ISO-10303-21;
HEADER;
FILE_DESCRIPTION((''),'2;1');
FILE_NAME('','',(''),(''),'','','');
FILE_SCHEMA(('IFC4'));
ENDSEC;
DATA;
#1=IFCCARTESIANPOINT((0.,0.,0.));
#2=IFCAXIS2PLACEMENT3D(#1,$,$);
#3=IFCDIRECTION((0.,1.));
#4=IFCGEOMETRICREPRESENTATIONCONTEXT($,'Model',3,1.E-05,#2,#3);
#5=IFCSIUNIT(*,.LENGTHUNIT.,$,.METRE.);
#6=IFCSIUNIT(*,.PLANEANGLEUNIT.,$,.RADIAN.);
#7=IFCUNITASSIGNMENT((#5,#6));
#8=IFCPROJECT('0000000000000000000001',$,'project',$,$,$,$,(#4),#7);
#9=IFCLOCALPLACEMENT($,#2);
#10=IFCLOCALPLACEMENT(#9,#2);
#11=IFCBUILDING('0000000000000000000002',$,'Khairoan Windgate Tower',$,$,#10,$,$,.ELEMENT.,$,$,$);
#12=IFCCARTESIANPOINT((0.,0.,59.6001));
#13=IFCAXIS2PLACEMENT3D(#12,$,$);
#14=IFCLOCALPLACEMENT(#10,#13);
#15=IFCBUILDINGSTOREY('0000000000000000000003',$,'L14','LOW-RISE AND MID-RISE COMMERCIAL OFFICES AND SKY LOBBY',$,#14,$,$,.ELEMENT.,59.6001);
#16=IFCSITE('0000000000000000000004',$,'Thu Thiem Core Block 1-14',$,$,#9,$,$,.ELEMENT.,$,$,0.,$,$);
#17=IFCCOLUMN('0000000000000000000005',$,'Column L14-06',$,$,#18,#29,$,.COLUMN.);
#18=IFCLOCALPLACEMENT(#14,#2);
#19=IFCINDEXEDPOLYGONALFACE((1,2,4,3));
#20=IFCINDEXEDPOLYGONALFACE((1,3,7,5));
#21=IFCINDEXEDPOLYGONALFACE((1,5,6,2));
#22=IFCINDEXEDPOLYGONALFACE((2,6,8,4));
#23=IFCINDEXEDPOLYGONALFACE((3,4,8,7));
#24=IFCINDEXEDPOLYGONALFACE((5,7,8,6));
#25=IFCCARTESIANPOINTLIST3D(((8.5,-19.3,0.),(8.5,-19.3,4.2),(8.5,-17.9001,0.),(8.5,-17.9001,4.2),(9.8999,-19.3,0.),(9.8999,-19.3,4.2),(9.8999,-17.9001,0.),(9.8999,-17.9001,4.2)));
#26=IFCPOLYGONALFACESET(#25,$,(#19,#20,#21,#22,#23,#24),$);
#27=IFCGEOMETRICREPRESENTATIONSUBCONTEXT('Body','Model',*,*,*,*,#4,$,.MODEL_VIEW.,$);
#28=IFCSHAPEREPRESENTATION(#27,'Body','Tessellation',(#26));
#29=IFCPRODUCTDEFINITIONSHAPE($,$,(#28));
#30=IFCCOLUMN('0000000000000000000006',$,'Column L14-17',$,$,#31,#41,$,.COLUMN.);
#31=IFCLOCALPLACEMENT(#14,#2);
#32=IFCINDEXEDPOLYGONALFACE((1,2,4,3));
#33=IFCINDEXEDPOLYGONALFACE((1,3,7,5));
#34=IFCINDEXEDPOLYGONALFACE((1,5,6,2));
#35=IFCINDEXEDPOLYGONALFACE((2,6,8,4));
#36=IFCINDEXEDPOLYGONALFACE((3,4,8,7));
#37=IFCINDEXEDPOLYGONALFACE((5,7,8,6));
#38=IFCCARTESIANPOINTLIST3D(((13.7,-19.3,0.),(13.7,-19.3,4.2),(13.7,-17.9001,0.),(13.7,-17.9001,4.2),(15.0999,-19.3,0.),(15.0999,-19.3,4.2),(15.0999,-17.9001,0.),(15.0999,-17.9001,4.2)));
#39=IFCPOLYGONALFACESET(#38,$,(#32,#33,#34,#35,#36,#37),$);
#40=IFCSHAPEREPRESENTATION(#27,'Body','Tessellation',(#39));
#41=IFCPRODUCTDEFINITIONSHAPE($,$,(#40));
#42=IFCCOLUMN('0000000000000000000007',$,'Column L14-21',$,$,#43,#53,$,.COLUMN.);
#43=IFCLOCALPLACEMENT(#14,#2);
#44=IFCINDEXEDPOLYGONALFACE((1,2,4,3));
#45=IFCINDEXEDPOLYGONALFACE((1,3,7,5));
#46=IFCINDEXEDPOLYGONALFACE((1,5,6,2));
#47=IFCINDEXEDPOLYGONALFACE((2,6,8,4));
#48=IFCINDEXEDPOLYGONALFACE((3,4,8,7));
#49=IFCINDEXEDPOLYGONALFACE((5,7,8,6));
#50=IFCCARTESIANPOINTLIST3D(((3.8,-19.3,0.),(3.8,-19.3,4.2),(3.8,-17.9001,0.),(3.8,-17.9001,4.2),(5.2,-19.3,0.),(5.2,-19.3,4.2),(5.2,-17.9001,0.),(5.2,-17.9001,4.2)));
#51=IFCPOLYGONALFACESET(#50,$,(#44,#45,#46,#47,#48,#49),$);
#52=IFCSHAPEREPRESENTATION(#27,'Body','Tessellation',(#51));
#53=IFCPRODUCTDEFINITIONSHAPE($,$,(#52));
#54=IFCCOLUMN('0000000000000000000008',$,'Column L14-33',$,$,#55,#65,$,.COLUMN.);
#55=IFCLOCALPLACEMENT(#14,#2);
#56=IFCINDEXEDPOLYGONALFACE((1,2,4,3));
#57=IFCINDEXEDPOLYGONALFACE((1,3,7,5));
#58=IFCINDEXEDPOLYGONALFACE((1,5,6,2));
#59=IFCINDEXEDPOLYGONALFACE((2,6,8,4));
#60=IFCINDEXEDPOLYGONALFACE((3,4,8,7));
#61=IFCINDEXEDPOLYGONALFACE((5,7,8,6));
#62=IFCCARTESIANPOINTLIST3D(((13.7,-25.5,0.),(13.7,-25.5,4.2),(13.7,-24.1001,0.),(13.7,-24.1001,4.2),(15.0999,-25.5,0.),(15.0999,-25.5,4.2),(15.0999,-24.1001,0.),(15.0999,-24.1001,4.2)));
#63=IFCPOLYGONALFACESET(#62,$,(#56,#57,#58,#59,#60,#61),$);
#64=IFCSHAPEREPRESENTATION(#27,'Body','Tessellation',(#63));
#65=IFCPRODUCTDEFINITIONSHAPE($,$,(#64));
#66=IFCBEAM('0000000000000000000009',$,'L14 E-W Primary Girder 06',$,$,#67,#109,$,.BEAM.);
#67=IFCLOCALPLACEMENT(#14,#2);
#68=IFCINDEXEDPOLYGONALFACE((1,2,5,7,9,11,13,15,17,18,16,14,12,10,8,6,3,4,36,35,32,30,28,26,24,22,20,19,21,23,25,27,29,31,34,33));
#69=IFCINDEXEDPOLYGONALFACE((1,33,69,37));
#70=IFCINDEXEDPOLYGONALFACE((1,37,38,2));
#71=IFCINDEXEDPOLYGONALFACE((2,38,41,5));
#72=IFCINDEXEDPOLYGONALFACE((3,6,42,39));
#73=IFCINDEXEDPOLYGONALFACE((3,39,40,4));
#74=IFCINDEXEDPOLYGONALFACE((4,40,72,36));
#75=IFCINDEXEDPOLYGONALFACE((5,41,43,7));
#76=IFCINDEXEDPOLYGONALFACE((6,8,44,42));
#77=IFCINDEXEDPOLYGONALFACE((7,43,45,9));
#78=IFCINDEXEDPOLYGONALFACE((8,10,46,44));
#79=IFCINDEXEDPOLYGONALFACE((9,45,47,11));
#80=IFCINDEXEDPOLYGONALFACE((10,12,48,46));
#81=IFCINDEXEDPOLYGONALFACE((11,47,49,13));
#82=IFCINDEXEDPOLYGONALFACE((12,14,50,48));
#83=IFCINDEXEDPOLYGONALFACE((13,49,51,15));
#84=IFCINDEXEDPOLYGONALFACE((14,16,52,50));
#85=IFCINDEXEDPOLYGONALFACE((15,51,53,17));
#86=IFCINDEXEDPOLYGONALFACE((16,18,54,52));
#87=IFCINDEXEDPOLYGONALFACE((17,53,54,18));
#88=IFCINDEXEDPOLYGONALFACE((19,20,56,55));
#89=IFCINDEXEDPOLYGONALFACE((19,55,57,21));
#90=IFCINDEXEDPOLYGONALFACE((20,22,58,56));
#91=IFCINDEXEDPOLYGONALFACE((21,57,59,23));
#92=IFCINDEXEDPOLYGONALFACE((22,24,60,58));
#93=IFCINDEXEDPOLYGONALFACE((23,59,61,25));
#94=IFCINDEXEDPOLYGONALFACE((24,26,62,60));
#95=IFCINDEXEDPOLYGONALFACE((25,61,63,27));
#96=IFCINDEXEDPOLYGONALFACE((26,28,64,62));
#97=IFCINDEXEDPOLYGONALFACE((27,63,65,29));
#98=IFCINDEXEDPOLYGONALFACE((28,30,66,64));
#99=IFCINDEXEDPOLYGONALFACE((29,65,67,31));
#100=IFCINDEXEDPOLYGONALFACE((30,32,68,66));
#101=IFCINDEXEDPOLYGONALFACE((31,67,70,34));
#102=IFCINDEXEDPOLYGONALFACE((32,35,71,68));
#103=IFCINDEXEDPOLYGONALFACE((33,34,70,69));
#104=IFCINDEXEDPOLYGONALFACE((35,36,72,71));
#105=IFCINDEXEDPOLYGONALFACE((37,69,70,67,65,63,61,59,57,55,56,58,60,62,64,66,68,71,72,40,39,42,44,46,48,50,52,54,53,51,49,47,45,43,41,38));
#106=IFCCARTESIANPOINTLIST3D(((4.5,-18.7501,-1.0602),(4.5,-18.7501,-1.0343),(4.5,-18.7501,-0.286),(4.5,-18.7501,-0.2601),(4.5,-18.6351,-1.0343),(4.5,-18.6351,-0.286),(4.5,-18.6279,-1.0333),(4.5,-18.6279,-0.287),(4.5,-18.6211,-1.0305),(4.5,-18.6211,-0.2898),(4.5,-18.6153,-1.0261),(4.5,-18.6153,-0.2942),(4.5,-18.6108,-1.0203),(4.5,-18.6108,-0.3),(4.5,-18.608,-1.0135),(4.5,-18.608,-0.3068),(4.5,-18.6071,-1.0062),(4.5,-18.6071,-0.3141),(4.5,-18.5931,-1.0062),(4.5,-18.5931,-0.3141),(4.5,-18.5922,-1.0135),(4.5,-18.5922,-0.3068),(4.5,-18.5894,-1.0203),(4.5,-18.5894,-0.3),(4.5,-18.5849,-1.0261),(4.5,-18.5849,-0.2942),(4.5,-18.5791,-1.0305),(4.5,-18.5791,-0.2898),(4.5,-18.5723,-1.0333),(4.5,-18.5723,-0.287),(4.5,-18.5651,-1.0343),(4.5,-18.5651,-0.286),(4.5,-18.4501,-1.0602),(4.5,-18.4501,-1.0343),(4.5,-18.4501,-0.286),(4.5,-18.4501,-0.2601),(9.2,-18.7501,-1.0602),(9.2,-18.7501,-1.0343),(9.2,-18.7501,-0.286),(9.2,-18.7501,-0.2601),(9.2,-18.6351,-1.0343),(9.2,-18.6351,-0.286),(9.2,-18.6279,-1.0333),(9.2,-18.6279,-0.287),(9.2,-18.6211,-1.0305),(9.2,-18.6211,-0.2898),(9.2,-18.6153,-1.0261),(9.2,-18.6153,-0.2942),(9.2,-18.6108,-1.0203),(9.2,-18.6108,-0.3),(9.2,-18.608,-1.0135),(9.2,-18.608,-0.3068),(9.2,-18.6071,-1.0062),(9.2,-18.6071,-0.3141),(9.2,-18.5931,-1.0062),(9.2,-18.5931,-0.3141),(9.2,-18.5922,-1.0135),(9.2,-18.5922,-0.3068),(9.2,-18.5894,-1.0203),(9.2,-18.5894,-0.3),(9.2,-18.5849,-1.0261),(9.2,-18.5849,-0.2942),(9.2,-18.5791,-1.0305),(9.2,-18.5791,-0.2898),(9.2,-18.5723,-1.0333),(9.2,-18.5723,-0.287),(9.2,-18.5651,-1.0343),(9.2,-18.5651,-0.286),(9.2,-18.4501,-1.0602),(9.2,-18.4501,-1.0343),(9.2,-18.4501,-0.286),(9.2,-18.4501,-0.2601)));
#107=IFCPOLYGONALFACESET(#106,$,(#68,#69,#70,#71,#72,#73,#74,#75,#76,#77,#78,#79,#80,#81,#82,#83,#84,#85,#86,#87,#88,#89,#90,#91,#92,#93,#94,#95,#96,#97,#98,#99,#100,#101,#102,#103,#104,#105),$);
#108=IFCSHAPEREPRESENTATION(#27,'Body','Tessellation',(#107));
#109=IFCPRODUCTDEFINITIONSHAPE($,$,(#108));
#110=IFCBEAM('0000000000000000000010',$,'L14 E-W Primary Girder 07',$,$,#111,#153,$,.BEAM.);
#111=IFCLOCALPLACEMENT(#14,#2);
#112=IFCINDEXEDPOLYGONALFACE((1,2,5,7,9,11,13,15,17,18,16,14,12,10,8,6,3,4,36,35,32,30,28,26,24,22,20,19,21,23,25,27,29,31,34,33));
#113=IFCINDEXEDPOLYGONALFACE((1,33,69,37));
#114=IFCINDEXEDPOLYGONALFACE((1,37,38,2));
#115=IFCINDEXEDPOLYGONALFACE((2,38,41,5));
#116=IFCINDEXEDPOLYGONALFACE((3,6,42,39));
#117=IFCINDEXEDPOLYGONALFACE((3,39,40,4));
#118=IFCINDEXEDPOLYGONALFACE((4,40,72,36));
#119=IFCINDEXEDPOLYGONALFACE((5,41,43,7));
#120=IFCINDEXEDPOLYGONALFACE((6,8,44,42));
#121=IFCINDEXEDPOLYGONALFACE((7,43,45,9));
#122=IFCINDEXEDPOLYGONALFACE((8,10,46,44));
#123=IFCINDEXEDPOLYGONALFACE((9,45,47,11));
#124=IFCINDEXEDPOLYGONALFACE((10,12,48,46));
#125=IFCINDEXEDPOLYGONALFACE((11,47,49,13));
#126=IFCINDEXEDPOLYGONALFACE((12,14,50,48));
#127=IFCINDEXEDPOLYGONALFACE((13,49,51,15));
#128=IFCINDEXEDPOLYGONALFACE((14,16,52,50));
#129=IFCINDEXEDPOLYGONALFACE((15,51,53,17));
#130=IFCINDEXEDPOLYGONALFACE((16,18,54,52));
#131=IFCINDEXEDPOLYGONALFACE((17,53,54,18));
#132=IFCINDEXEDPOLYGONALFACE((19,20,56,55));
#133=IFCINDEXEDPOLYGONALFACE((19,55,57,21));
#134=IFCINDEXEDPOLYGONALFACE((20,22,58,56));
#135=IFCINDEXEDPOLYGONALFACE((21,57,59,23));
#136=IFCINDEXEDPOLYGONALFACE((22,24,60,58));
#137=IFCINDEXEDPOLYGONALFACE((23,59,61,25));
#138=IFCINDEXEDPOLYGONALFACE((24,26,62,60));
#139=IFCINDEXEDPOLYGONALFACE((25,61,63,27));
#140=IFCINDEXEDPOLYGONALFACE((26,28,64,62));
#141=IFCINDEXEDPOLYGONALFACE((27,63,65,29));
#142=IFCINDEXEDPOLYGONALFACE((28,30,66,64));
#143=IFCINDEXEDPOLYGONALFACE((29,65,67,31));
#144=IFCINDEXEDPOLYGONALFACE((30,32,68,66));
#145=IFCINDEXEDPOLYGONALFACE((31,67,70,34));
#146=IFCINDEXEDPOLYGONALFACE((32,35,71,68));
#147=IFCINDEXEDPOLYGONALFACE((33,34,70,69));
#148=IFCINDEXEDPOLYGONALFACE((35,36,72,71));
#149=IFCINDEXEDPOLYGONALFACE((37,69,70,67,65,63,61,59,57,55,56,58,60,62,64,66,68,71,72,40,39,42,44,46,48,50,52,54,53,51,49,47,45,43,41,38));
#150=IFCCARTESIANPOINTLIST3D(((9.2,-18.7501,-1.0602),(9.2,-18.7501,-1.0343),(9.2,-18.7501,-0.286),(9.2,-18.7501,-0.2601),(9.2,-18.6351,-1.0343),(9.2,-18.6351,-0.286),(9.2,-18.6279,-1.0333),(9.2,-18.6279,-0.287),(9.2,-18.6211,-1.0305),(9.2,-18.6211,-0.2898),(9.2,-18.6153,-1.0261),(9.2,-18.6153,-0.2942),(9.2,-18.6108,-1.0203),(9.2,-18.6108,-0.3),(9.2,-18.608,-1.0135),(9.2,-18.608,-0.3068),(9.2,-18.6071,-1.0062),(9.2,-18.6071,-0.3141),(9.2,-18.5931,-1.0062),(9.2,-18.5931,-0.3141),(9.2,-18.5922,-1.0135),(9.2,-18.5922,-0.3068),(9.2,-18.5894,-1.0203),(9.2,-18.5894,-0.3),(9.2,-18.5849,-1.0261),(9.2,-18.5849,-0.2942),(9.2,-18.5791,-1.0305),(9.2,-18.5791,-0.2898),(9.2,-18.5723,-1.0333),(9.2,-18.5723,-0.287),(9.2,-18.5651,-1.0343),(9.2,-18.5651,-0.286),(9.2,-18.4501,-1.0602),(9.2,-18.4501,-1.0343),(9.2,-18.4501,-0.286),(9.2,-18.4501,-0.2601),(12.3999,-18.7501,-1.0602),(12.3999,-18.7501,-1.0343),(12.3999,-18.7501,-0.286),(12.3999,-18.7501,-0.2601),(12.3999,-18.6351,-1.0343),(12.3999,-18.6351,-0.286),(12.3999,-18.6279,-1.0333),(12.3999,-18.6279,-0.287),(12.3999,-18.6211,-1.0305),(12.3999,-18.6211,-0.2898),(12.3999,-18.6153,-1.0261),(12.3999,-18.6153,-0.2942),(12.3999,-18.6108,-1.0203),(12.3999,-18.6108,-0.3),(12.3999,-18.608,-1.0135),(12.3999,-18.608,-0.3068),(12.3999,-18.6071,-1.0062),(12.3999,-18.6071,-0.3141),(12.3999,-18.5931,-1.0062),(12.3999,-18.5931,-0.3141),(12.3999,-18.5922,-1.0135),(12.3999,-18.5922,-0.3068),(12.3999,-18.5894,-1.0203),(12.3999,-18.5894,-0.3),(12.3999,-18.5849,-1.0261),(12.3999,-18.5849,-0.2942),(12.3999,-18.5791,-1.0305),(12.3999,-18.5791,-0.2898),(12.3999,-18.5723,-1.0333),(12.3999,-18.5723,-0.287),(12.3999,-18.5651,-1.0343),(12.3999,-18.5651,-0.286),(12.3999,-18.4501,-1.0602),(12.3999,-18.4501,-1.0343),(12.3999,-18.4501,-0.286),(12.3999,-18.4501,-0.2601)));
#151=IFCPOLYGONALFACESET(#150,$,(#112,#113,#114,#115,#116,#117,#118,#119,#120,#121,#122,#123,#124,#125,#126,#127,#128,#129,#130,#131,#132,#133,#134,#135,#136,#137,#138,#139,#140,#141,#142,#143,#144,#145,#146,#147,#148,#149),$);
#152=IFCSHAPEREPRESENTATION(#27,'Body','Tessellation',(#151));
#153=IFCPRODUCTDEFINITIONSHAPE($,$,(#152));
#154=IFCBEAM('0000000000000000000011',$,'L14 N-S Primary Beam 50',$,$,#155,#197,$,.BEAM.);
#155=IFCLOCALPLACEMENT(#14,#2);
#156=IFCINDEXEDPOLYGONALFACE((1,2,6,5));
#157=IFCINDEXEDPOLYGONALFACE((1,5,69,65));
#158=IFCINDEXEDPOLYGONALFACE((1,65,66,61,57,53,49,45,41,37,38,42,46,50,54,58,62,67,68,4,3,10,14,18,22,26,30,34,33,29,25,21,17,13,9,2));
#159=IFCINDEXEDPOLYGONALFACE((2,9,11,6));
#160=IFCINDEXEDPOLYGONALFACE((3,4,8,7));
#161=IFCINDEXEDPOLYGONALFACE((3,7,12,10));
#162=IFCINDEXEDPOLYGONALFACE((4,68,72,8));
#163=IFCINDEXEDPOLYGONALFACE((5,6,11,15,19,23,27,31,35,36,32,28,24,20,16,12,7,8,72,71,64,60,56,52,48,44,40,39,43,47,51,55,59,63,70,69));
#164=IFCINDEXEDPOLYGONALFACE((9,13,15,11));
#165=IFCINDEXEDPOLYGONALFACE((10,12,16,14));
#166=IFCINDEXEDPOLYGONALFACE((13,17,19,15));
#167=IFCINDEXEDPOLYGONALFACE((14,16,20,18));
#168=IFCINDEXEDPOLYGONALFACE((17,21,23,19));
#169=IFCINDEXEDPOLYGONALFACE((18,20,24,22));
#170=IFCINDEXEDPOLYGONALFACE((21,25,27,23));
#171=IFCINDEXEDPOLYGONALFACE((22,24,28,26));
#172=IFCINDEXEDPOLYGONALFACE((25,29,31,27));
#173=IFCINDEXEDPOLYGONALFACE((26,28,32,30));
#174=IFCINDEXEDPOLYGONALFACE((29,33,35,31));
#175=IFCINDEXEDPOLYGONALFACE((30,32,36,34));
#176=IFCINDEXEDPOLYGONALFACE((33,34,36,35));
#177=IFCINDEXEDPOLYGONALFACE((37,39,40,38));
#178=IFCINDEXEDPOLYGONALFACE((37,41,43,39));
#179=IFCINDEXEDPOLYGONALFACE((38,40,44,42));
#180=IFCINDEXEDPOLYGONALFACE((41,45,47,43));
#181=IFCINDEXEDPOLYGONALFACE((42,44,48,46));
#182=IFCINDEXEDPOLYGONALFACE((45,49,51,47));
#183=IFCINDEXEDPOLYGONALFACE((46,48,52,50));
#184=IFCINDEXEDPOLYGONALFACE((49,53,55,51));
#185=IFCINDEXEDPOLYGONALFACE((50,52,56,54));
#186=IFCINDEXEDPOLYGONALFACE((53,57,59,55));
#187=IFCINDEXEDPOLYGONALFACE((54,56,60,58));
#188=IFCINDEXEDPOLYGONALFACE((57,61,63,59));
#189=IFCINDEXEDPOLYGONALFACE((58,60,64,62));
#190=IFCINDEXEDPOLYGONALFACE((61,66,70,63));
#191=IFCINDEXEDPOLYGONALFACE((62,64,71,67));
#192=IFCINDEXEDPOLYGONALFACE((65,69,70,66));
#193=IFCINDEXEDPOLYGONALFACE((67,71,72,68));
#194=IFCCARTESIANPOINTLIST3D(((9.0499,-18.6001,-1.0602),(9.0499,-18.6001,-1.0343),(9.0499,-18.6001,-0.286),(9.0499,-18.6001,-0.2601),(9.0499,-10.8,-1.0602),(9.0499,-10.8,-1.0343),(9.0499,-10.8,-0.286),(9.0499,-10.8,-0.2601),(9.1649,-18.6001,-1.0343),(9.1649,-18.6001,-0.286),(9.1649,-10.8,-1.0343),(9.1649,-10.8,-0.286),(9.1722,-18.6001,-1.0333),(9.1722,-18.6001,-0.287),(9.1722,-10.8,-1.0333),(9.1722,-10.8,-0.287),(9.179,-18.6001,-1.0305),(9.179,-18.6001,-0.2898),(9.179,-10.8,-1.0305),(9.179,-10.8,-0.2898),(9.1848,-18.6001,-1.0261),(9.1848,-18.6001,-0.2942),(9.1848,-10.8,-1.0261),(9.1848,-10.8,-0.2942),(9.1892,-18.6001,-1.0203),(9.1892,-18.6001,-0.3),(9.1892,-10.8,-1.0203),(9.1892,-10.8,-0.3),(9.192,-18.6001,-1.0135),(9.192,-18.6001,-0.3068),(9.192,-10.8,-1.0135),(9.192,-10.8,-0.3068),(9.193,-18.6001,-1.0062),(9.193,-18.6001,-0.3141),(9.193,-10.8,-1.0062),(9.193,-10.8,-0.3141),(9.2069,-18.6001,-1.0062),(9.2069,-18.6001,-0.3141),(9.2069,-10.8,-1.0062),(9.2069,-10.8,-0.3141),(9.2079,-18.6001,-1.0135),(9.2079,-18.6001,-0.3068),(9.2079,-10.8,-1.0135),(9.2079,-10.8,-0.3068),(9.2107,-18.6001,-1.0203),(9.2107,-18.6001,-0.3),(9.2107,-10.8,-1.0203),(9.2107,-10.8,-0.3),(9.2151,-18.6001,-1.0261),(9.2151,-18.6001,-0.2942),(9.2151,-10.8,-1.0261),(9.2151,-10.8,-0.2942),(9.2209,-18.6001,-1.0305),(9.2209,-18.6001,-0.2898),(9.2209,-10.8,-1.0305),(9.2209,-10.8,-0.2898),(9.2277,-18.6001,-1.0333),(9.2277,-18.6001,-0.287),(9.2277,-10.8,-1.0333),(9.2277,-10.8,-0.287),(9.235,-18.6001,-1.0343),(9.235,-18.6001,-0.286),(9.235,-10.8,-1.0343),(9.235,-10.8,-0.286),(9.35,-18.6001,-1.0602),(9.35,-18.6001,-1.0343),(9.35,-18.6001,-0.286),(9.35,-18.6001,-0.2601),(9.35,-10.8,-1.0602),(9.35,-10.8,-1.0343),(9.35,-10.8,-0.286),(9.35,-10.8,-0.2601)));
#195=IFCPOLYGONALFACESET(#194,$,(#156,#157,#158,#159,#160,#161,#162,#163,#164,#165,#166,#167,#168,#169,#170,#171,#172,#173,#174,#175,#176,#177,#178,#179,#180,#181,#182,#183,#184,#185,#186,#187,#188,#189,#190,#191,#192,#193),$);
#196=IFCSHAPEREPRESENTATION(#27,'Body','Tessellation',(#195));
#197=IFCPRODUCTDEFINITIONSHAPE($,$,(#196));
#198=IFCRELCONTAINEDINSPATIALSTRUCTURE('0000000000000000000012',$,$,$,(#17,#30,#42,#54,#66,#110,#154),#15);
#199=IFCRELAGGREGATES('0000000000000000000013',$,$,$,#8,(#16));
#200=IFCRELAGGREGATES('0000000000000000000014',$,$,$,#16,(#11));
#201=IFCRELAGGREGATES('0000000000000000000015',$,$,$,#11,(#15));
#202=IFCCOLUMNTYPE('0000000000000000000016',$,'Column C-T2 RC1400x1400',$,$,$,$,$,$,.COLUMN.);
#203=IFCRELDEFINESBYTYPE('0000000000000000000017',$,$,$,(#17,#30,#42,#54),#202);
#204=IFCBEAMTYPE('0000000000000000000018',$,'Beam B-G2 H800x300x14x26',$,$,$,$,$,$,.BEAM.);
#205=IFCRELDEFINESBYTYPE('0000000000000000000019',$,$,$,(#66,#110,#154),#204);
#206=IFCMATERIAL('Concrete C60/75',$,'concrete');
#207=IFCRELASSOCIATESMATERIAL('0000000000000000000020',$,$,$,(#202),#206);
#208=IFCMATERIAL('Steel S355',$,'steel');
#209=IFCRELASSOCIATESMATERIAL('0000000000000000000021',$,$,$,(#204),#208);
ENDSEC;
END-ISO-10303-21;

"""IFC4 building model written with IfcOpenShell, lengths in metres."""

from ifc_helpers import new_model, si_unit, direction, frame, origin, origin_2d, place, context, subcontext, project, spatial, rectangle, i_section, extrude, material, material_profile, profile_set, type_object, element, save


model = new_model("IFC4")

# Units and contexts
model_context = context("Model", 3, precision=1e-05, world=origin(), true_north=direction((0.0, 1.0)))
body_context = subcontext(model_context, "Body", "Model", "MODEL_VIEW")
ifc_project = project(units=[si_unit("LENGTHUNIT", "METRE"), si_unit("PLANEANGLEUNIT", "RADIAN")], contexts=[model_context])

# Site, building, storey
site_placement = place(None, origin())
site = spatial("IfcSite", under=ifc_project, at=site_placement, Name="Thu Thiem Core Block 1-14", CompositionType="ELEMENT", RefElevation=0.0)
building_placement = place(site_placement, origin())
building = spatial("IfcBuilding", under=site, at=building_placement, Name="Khairoan Windgate Tower", CompositionType="ELEMENT")
storey_placement = place(building_placement, frame((0.0, 0.0, 59.6001)))
storey = spatial("IfcBuildingStorey", under=building, at=storey_placement, Name="L14", Description="LOW-RISE AND MID-RISE COMMERCIAL OFFICES AND SKY LOBBY", CompositionType="ELEMENT", Elevation=59.6001)

# Columns
ifc_material_1 = material(Name="Concrete C60/75", Category="concrete")
ifc_material_profile_1 = material_profile(ifc_material_1, rectangle(XDim=1.3999, YDim=1.3999, at=origin_2d()))
ifc_profile_set_1 = profile_set([ifc_material_profile_1], Name="Concrete C60/75")
column_type = type_object("IfcColumnType", Name="Column C-T2 RC1400x1400", PredefinedType="COLUMN", material=ifc_profile_set_1)
for number, where, z_axis, x_axis, name in (
    (1, (9.2, -18.6001, 0.0), (0.0, 0.0, 1.0), (1.0, 0.0, 0.0), "Column L14-06"),
    (2, (14.3999, -18.6001, 0.0), (0.0, 0.0, 1.0), (1.0, 0.0, 0.0), "Column L14-17"),
    (3, (4.5, -18.6001, 0.0), (0.0, 0.0, 1.0), (1.0, 0.0, 0.0), "Column L14-21"),
    (4, (14.3999, -24.8, 0.0), (0.0, 0.0, 1.0), (1.0, 0.0, 0.0), "Column L14-33"),
):
    element("IfcColumn", number, at=place(storey_placement, frame(where, z_axis=z_axis, x_axis=x_axis)), inside=storey, type_object=column_type, Name=name, PredefinedType="COLUMN", context=body_context, shape_type="SweptSolid", body=[
        extrude(rectangle(XDim=1.3999, YDim=1.3999, at=origin_2d()), origin(), (0.0, 0.0, 1.0), 4.2),
    ])

# Beams
ifc_material_2 = material(Name="Steel S355", Category="steel")
ifc_material_profile_2 = material_profile(ifc_material_2, i_section(OverallWidth=0.3, OverallDepth=0.8, WebThickness=0.0139, FlangeThickness=0.0259, FilletRadius=0.0281, at=origin_2d()))
ifc_profile_set_2 = profile_set([ifc_material_profile_2], Name="Steel S355")
beam_type_1 = type_object("IfcBeamType", Name="Beam B-G2 H800x300x14x26", PredefinedType="BEAM", material=ifc_profile_set_2)
beam_1_placement = place(storey_placement, frame((4.5, -18.6001, -0.6602), z_axis=(1.0, 0.0, 0.0), x_axis=(0.0, 1.0, 0.0)))
element("IfcBeam", 5, at=beam_1_placement, inside=storey, type_object=beam_type_1, Name="L14 E-W Primary Girder 06", PredefinedType="BEAM", context=body_context, shape_type="SweptSolid", body=[
    extrude(i_section(OverallWidth=0.3, OverallDepth=0.8, WebThickness=0.0139, FlangeThickness=0.0259, FilletRadius=0.0281, at=origin_2d()), origin(), (0.0, 0.0, 1.0), 4.7),
])
beam_2_placement = place(storey_placement, frame((9.2, -18.6001, -0.6602), z_axis=(1.0, 0.0, 0.0), x_axis=(0.0, 1.0, 0.0)))
element("IfcBeam", 6, at=beam_2_placement, inside=storey, type_object=beam_type_1, Name="L14 E-W Primary Girder 07", PredefinedType="BEAM", context=body_context, shape_type="SweptSolid", body=[
    extrude(i_section(OverallWidth=0.3, OverallDepth=0.8, WebThickness=0.0139, FlangeThickness=0.0259, FilletRadius=0.0281, at=origin_2d()), origin(), (0.0, 0.0, 1.0), 3.2),
])
for number, where, z_axis, x_axis, name in (
    (7, (9.2, -18.6001, -0.6602), (0.0, 1.0, 0.0), (-1.0, 0.0, 0.0), "L14 N-S Primary Beam 50"),
):
    element("IfcBeam", number, at=place(storey_placement, frame(where, z_axis=z_axis, x_axis=x_axis)), inside=storey, type_object=beam_type_1, Name=name, PredefinedType="BEAM", context=body_context, shape_type="SweptSolid", body=[
        extrude(i_section(OverallWidth=0.3, OverallDepth=0.8, WebThickness=0.0139, FlangeThickness=0.0259, FilletRadius=0.0281, at=origin_2d()), origin(), (0.0, 0.0, 1.0), 7.8),
    ])

save(model, "model.ifc")
